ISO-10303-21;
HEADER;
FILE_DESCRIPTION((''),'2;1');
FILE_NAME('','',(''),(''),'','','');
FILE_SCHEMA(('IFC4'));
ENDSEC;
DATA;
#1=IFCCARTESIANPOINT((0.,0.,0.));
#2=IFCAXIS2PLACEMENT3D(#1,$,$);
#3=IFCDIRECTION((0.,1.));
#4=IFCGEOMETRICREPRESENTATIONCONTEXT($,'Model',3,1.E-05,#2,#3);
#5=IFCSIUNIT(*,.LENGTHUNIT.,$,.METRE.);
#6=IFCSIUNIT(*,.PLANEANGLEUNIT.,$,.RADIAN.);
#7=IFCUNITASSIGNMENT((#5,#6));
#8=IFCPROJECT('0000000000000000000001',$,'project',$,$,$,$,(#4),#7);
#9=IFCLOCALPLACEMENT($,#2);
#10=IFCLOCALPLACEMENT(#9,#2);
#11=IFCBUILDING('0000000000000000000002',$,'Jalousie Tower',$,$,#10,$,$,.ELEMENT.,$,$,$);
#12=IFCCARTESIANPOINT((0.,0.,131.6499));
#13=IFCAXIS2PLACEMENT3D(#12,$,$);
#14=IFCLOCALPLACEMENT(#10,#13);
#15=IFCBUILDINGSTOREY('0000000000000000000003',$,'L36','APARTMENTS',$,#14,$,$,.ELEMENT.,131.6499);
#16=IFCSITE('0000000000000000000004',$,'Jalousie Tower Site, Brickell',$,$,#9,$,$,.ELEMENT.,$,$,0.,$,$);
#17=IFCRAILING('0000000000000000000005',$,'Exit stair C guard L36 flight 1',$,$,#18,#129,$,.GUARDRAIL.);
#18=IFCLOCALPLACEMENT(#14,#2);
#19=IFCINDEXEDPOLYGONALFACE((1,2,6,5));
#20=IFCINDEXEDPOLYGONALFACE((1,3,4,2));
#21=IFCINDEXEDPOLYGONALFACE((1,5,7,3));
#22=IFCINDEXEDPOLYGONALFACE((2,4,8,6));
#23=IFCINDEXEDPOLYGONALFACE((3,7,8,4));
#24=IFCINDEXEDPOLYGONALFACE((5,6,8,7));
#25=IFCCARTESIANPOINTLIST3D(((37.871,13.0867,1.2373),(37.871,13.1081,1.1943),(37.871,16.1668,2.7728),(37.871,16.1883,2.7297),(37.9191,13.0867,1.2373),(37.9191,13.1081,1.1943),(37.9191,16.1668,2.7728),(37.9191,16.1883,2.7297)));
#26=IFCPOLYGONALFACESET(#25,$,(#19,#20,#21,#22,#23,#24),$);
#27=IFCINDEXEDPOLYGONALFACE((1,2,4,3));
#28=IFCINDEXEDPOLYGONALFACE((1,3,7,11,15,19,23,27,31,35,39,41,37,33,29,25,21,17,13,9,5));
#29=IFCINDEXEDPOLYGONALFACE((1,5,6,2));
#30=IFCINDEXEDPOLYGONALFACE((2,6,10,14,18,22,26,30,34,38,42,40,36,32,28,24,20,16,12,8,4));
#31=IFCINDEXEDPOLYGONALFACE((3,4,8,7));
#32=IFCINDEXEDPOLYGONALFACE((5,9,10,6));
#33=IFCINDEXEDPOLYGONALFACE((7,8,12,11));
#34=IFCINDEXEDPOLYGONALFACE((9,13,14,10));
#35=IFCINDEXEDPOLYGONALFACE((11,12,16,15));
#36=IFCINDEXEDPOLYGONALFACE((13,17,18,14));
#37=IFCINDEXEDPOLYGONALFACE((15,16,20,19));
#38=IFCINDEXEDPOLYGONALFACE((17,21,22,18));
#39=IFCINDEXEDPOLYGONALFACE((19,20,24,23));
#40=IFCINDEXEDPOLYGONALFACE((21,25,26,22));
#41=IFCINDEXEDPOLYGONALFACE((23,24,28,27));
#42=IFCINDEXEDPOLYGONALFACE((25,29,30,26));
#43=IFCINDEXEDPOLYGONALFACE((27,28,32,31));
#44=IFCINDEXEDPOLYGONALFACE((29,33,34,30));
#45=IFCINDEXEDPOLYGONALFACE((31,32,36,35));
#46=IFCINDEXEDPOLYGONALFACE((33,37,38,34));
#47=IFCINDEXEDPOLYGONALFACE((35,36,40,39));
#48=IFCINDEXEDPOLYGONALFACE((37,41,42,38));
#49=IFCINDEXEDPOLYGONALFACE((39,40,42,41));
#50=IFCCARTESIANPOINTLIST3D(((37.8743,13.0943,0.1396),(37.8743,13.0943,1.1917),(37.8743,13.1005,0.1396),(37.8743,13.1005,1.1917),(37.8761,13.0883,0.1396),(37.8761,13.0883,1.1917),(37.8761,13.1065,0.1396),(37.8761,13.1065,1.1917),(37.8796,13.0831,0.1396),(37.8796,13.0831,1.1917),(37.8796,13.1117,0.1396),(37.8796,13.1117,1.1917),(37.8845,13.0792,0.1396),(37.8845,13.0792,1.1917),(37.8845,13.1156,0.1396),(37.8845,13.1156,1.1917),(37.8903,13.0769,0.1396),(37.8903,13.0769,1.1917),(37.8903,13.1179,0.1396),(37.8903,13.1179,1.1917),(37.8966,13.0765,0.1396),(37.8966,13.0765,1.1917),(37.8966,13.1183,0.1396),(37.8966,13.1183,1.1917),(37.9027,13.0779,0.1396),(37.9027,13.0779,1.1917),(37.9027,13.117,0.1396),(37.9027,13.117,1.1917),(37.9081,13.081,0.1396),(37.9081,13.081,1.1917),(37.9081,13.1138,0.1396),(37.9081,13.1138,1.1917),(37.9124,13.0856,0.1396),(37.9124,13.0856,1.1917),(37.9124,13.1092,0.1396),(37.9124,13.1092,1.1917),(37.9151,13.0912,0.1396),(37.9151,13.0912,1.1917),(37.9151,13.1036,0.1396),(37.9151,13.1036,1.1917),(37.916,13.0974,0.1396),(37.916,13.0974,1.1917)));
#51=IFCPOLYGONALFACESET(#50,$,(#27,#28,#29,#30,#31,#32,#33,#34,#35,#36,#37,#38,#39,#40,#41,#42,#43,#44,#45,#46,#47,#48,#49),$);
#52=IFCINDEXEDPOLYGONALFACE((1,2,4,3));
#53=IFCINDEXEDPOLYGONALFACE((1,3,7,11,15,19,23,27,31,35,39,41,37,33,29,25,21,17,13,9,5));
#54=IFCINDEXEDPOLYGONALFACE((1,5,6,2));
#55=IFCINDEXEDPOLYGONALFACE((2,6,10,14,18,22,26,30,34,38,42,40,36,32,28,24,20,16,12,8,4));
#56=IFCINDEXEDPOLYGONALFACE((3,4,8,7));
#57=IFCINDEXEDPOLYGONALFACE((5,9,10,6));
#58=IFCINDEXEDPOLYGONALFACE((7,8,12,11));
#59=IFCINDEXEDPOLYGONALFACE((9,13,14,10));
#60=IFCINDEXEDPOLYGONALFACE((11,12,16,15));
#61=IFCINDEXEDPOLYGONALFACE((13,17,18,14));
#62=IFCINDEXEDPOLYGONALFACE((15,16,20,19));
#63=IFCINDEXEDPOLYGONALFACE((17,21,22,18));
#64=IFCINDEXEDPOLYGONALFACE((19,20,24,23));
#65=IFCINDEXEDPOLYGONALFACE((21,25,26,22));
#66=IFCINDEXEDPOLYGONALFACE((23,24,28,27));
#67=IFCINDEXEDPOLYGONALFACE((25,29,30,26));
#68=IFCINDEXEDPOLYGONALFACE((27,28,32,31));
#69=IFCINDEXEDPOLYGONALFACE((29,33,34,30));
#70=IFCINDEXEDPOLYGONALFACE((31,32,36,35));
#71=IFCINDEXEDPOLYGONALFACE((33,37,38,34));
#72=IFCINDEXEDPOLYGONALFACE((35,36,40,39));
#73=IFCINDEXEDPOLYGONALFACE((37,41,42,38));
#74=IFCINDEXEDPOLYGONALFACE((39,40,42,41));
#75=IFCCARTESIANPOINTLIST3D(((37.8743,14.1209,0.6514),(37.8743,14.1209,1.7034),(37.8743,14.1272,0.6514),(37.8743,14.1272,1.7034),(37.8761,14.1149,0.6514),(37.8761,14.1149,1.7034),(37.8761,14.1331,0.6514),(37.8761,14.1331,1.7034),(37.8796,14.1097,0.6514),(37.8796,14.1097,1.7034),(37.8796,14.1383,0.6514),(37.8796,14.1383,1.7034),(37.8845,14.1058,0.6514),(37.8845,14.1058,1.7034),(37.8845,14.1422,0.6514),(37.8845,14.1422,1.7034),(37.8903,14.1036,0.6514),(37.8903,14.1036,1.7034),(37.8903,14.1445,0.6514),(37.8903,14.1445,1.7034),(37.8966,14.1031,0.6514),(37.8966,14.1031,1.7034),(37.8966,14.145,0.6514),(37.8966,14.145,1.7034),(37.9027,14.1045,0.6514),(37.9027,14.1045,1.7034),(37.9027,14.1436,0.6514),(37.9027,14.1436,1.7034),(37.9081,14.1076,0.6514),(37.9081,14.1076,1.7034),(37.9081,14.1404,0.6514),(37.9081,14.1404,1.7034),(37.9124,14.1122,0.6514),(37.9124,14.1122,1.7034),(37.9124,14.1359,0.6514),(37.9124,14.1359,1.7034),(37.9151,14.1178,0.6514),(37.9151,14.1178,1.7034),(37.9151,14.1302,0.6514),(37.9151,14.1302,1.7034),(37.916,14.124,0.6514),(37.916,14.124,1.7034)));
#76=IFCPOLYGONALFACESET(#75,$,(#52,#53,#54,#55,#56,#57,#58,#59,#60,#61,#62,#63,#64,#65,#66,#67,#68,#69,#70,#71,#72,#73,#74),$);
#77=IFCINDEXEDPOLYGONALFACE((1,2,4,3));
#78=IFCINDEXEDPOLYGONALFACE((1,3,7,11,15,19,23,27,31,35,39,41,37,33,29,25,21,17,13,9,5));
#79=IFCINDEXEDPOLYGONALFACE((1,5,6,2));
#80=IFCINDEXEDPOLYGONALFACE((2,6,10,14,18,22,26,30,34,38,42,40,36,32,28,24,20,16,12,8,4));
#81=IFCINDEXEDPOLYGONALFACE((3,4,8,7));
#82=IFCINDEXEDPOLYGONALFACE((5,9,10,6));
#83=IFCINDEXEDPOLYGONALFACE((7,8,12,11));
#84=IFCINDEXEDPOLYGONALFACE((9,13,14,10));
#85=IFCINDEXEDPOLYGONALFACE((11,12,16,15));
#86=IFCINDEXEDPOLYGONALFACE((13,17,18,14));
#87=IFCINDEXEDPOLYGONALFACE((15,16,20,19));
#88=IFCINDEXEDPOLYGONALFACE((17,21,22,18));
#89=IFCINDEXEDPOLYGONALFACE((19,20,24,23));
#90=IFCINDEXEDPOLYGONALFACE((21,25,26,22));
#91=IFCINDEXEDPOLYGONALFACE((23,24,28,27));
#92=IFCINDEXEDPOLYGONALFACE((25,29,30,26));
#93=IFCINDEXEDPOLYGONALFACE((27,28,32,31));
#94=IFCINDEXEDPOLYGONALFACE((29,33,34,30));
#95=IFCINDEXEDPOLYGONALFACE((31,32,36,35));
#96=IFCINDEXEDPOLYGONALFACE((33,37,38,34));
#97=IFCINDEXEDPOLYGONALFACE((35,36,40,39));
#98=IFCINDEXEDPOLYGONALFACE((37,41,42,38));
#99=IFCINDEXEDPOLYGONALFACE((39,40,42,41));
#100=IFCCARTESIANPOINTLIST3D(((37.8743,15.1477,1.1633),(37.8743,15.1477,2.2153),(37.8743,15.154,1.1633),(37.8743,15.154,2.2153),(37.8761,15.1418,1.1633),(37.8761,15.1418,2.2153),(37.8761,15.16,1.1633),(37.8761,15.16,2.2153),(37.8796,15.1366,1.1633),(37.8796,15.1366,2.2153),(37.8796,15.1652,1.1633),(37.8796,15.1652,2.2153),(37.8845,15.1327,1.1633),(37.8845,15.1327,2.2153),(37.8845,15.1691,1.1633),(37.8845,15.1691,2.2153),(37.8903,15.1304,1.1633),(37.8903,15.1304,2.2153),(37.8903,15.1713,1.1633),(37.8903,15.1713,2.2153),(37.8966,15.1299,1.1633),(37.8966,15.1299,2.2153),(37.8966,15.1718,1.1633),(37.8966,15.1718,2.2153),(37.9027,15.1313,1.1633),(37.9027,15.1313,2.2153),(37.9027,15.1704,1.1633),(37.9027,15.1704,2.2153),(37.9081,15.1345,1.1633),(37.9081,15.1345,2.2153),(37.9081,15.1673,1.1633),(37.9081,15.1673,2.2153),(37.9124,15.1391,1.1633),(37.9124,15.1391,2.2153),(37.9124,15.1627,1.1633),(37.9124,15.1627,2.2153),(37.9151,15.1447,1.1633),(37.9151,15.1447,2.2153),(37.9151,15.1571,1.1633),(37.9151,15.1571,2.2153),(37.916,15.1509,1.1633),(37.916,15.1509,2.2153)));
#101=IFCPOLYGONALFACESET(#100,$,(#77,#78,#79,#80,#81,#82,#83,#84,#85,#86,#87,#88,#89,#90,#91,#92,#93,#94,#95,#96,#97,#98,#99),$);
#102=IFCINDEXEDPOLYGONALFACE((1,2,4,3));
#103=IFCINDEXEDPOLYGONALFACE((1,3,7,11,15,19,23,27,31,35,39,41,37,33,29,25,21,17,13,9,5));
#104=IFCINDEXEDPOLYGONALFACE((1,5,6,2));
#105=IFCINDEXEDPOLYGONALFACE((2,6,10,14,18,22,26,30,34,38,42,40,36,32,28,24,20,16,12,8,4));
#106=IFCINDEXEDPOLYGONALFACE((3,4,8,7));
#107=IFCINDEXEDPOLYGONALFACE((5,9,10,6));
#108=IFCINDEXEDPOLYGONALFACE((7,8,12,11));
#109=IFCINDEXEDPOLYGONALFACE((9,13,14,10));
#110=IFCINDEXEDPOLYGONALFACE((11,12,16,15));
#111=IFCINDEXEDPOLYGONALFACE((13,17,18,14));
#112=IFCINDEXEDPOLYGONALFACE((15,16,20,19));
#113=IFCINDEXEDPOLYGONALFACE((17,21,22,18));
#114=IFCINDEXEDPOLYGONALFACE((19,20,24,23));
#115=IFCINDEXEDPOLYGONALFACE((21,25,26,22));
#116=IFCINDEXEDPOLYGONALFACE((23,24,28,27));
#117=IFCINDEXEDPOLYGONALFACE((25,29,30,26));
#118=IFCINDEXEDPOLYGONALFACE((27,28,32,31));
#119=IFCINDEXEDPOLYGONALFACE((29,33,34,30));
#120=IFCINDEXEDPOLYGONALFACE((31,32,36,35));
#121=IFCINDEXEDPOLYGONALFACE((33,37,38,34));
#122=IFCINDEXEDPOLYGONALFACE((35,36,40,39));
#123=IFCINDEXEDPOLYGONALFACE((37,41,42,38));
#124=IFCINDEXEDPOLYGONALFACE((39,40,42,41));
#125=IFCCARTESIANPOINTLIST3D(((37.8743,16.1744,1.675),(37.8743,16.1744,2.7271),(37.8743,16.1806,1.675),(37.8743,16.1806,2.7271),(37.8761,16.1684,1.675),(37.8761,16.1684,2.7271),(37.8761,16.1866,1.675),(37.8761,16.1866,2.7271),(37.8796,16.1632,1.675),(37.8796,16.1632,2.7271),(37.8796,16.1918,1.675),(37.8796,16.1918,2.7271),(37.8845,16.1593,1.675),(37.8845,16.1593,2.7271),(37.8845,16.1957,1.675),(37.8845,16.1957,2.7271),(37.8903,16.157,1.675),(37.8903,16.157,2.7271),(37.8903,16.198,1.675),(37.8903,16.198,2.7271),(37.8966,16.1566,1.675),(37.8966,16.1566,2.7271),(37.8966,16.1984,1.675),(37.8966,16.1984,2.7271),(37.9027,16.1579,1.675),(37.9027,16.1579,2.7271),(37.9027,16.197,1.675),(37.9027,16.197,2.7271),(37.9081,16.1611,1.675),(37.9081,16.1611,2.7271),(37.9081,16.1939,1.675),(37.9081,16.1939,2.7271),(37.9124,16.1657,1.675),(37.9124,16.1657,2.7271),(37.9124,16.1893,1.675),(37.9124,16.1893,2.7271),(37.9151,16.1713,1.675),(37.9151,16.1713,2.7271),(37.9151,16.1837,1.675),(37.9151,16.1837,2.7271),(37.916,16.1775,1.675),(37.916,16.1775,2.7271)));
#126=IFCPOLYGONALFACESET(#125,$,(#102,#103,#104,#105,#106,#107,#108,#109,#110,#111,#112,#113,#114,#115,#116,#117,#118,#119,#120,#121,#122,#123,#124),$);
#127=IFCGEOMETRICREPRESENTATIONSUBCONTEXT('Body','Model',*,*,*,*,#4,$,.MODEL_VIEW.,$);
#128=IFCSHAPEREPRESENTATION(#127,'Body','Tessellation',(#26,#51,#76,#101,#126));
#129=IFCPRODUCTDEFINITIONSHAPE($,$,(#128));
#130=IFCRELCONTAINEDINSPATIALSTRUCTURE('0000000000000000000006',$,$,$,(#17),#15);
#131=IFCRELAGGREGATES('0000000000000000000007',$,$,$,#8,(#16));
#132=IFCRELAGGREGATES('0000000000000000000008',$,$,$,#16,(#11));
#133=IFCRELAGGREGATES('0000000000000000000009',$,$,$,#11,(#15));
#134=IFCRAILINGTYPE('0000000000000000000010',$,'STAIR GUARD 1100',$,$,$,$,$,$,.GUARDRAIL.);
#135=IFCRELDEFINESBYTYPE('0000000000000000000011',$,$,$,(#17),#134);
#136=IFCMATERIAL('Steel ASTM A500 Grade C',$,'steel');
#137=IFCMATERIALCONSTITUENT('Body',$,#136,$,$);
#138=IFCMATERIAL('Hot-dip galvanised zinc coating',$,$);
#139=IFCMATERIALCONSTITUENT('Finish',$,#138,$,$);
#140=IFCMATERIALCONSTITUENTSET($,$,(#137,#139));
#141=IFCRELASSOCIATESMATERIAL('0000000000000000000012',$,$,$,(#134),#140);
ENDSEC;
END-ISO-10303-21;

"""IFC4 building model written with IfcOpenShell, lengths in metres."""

from ifc_helpers import new_model, si_unit, direction, frame, origin, origin_2d, place, context, subcontext, project, spatial, rectangle, circle, extrude, material, constituent, constituent_set, type_object, element, save


model = new_model("IFC4")

# Units and contexts
model_context = context("Model", 3, precision=1e-05, world=origin(), true_north=direction((0.0, 1.0)))
body_context = subcontext(model_context, "Body", "Model", "MODEL_VIEW")
ifc_project = project(units=[si_unit("LENGTHUNIT", "METRE"), si_unit("PLANEANGLEUNIT", "RADIAN")], contexts=[model_context])

# Site, building, storey
site_placement = place(None, origin())
site = spatial("IfcSite", under=ifc_project, at=site_placement, Name="Jalousie Tower Site, Brickell", CompositionType="ELEMENT", RefElevation=0.0)
building_placement = place(site_placement, origin())
building = spatial("IfcBuilding", under=site, at=building_placement, Name="Jalousie Tower", CompositionType="ELEMENT")
storey_placement = place(building_placement, frame((0.0, 0.0, 131.6499)))
storey = spatial("IfcBuildingStorey", under=building, at=storey_placement, Name="L36", Description="APARTMENTS", CompositionType="ELEMENT", Elevation=131.6499)

# Railing
ifc_material_1 = material(Name="Steel ASTM A500 Grade C", Category="steel")
ifc_constituent_1 = constituent(ifc_material_1, Name="Body")
ifc_material_2 = material(Name="Hot-dip galvanised zinc coating")
ifc_constituent_2 = constituent(ifc_material_2, Name="Finish")
ifc_constituent_set_1 = constituent_set(constituents=[ifc_constituent_1, ifc_constituent_2])
railing_type_1 = type_object("IfcRailingType", Name="STAIR GUARD 1100", PredefinedType="GUARDRAIL", material=ifc_constituent_set_1)
railing_1_placement = place(storey_placement, frame((37.895, 13.0974, 0.1396)))
element("IfcRailing", 1, at=railing_1_placement, inside=storey, type_object=railing_type_1, Name="Exit stair C guard L36 flight 1", PredefinedType="GUARDRAIL", context=body_context, shape_type="SweptSolid", body=[
    extrude(rectangle(XDim=0.0481, YDim=0.0481, at=origin_2d()), frame((0.0, 0.0, 1.0762), z_axis=(0.0, 0.894966, 0.446135), x_axis=(-1.0, 0.0, 0.0)), (0.0, 0.0, 1.0), 3.4417),
    extrude(circle(Radius=0.021, at=origin_2d()), origin(), (0.0, 0.0, 1.0), 1.052),
    extrude(circle(Radius=0.021, at=origin_2d()), frame((0.0, 1.0266, 0.5117)), (0.0, 0.0, 1.0), 1.052),
    extrude(circle(Radius=0.021, at=origin_2d()), frame((0.0, 2.0535, 1.0237)), (0.0, 0.0, 1.0), 1.052),
    extrude(circle(Radius=0.021, at=origin_2d()), frame((0.0, 3.0801, 1.5354)), (0.0, 0.0, 1.0), 1.052),
])

save(model, "model.ifc")
